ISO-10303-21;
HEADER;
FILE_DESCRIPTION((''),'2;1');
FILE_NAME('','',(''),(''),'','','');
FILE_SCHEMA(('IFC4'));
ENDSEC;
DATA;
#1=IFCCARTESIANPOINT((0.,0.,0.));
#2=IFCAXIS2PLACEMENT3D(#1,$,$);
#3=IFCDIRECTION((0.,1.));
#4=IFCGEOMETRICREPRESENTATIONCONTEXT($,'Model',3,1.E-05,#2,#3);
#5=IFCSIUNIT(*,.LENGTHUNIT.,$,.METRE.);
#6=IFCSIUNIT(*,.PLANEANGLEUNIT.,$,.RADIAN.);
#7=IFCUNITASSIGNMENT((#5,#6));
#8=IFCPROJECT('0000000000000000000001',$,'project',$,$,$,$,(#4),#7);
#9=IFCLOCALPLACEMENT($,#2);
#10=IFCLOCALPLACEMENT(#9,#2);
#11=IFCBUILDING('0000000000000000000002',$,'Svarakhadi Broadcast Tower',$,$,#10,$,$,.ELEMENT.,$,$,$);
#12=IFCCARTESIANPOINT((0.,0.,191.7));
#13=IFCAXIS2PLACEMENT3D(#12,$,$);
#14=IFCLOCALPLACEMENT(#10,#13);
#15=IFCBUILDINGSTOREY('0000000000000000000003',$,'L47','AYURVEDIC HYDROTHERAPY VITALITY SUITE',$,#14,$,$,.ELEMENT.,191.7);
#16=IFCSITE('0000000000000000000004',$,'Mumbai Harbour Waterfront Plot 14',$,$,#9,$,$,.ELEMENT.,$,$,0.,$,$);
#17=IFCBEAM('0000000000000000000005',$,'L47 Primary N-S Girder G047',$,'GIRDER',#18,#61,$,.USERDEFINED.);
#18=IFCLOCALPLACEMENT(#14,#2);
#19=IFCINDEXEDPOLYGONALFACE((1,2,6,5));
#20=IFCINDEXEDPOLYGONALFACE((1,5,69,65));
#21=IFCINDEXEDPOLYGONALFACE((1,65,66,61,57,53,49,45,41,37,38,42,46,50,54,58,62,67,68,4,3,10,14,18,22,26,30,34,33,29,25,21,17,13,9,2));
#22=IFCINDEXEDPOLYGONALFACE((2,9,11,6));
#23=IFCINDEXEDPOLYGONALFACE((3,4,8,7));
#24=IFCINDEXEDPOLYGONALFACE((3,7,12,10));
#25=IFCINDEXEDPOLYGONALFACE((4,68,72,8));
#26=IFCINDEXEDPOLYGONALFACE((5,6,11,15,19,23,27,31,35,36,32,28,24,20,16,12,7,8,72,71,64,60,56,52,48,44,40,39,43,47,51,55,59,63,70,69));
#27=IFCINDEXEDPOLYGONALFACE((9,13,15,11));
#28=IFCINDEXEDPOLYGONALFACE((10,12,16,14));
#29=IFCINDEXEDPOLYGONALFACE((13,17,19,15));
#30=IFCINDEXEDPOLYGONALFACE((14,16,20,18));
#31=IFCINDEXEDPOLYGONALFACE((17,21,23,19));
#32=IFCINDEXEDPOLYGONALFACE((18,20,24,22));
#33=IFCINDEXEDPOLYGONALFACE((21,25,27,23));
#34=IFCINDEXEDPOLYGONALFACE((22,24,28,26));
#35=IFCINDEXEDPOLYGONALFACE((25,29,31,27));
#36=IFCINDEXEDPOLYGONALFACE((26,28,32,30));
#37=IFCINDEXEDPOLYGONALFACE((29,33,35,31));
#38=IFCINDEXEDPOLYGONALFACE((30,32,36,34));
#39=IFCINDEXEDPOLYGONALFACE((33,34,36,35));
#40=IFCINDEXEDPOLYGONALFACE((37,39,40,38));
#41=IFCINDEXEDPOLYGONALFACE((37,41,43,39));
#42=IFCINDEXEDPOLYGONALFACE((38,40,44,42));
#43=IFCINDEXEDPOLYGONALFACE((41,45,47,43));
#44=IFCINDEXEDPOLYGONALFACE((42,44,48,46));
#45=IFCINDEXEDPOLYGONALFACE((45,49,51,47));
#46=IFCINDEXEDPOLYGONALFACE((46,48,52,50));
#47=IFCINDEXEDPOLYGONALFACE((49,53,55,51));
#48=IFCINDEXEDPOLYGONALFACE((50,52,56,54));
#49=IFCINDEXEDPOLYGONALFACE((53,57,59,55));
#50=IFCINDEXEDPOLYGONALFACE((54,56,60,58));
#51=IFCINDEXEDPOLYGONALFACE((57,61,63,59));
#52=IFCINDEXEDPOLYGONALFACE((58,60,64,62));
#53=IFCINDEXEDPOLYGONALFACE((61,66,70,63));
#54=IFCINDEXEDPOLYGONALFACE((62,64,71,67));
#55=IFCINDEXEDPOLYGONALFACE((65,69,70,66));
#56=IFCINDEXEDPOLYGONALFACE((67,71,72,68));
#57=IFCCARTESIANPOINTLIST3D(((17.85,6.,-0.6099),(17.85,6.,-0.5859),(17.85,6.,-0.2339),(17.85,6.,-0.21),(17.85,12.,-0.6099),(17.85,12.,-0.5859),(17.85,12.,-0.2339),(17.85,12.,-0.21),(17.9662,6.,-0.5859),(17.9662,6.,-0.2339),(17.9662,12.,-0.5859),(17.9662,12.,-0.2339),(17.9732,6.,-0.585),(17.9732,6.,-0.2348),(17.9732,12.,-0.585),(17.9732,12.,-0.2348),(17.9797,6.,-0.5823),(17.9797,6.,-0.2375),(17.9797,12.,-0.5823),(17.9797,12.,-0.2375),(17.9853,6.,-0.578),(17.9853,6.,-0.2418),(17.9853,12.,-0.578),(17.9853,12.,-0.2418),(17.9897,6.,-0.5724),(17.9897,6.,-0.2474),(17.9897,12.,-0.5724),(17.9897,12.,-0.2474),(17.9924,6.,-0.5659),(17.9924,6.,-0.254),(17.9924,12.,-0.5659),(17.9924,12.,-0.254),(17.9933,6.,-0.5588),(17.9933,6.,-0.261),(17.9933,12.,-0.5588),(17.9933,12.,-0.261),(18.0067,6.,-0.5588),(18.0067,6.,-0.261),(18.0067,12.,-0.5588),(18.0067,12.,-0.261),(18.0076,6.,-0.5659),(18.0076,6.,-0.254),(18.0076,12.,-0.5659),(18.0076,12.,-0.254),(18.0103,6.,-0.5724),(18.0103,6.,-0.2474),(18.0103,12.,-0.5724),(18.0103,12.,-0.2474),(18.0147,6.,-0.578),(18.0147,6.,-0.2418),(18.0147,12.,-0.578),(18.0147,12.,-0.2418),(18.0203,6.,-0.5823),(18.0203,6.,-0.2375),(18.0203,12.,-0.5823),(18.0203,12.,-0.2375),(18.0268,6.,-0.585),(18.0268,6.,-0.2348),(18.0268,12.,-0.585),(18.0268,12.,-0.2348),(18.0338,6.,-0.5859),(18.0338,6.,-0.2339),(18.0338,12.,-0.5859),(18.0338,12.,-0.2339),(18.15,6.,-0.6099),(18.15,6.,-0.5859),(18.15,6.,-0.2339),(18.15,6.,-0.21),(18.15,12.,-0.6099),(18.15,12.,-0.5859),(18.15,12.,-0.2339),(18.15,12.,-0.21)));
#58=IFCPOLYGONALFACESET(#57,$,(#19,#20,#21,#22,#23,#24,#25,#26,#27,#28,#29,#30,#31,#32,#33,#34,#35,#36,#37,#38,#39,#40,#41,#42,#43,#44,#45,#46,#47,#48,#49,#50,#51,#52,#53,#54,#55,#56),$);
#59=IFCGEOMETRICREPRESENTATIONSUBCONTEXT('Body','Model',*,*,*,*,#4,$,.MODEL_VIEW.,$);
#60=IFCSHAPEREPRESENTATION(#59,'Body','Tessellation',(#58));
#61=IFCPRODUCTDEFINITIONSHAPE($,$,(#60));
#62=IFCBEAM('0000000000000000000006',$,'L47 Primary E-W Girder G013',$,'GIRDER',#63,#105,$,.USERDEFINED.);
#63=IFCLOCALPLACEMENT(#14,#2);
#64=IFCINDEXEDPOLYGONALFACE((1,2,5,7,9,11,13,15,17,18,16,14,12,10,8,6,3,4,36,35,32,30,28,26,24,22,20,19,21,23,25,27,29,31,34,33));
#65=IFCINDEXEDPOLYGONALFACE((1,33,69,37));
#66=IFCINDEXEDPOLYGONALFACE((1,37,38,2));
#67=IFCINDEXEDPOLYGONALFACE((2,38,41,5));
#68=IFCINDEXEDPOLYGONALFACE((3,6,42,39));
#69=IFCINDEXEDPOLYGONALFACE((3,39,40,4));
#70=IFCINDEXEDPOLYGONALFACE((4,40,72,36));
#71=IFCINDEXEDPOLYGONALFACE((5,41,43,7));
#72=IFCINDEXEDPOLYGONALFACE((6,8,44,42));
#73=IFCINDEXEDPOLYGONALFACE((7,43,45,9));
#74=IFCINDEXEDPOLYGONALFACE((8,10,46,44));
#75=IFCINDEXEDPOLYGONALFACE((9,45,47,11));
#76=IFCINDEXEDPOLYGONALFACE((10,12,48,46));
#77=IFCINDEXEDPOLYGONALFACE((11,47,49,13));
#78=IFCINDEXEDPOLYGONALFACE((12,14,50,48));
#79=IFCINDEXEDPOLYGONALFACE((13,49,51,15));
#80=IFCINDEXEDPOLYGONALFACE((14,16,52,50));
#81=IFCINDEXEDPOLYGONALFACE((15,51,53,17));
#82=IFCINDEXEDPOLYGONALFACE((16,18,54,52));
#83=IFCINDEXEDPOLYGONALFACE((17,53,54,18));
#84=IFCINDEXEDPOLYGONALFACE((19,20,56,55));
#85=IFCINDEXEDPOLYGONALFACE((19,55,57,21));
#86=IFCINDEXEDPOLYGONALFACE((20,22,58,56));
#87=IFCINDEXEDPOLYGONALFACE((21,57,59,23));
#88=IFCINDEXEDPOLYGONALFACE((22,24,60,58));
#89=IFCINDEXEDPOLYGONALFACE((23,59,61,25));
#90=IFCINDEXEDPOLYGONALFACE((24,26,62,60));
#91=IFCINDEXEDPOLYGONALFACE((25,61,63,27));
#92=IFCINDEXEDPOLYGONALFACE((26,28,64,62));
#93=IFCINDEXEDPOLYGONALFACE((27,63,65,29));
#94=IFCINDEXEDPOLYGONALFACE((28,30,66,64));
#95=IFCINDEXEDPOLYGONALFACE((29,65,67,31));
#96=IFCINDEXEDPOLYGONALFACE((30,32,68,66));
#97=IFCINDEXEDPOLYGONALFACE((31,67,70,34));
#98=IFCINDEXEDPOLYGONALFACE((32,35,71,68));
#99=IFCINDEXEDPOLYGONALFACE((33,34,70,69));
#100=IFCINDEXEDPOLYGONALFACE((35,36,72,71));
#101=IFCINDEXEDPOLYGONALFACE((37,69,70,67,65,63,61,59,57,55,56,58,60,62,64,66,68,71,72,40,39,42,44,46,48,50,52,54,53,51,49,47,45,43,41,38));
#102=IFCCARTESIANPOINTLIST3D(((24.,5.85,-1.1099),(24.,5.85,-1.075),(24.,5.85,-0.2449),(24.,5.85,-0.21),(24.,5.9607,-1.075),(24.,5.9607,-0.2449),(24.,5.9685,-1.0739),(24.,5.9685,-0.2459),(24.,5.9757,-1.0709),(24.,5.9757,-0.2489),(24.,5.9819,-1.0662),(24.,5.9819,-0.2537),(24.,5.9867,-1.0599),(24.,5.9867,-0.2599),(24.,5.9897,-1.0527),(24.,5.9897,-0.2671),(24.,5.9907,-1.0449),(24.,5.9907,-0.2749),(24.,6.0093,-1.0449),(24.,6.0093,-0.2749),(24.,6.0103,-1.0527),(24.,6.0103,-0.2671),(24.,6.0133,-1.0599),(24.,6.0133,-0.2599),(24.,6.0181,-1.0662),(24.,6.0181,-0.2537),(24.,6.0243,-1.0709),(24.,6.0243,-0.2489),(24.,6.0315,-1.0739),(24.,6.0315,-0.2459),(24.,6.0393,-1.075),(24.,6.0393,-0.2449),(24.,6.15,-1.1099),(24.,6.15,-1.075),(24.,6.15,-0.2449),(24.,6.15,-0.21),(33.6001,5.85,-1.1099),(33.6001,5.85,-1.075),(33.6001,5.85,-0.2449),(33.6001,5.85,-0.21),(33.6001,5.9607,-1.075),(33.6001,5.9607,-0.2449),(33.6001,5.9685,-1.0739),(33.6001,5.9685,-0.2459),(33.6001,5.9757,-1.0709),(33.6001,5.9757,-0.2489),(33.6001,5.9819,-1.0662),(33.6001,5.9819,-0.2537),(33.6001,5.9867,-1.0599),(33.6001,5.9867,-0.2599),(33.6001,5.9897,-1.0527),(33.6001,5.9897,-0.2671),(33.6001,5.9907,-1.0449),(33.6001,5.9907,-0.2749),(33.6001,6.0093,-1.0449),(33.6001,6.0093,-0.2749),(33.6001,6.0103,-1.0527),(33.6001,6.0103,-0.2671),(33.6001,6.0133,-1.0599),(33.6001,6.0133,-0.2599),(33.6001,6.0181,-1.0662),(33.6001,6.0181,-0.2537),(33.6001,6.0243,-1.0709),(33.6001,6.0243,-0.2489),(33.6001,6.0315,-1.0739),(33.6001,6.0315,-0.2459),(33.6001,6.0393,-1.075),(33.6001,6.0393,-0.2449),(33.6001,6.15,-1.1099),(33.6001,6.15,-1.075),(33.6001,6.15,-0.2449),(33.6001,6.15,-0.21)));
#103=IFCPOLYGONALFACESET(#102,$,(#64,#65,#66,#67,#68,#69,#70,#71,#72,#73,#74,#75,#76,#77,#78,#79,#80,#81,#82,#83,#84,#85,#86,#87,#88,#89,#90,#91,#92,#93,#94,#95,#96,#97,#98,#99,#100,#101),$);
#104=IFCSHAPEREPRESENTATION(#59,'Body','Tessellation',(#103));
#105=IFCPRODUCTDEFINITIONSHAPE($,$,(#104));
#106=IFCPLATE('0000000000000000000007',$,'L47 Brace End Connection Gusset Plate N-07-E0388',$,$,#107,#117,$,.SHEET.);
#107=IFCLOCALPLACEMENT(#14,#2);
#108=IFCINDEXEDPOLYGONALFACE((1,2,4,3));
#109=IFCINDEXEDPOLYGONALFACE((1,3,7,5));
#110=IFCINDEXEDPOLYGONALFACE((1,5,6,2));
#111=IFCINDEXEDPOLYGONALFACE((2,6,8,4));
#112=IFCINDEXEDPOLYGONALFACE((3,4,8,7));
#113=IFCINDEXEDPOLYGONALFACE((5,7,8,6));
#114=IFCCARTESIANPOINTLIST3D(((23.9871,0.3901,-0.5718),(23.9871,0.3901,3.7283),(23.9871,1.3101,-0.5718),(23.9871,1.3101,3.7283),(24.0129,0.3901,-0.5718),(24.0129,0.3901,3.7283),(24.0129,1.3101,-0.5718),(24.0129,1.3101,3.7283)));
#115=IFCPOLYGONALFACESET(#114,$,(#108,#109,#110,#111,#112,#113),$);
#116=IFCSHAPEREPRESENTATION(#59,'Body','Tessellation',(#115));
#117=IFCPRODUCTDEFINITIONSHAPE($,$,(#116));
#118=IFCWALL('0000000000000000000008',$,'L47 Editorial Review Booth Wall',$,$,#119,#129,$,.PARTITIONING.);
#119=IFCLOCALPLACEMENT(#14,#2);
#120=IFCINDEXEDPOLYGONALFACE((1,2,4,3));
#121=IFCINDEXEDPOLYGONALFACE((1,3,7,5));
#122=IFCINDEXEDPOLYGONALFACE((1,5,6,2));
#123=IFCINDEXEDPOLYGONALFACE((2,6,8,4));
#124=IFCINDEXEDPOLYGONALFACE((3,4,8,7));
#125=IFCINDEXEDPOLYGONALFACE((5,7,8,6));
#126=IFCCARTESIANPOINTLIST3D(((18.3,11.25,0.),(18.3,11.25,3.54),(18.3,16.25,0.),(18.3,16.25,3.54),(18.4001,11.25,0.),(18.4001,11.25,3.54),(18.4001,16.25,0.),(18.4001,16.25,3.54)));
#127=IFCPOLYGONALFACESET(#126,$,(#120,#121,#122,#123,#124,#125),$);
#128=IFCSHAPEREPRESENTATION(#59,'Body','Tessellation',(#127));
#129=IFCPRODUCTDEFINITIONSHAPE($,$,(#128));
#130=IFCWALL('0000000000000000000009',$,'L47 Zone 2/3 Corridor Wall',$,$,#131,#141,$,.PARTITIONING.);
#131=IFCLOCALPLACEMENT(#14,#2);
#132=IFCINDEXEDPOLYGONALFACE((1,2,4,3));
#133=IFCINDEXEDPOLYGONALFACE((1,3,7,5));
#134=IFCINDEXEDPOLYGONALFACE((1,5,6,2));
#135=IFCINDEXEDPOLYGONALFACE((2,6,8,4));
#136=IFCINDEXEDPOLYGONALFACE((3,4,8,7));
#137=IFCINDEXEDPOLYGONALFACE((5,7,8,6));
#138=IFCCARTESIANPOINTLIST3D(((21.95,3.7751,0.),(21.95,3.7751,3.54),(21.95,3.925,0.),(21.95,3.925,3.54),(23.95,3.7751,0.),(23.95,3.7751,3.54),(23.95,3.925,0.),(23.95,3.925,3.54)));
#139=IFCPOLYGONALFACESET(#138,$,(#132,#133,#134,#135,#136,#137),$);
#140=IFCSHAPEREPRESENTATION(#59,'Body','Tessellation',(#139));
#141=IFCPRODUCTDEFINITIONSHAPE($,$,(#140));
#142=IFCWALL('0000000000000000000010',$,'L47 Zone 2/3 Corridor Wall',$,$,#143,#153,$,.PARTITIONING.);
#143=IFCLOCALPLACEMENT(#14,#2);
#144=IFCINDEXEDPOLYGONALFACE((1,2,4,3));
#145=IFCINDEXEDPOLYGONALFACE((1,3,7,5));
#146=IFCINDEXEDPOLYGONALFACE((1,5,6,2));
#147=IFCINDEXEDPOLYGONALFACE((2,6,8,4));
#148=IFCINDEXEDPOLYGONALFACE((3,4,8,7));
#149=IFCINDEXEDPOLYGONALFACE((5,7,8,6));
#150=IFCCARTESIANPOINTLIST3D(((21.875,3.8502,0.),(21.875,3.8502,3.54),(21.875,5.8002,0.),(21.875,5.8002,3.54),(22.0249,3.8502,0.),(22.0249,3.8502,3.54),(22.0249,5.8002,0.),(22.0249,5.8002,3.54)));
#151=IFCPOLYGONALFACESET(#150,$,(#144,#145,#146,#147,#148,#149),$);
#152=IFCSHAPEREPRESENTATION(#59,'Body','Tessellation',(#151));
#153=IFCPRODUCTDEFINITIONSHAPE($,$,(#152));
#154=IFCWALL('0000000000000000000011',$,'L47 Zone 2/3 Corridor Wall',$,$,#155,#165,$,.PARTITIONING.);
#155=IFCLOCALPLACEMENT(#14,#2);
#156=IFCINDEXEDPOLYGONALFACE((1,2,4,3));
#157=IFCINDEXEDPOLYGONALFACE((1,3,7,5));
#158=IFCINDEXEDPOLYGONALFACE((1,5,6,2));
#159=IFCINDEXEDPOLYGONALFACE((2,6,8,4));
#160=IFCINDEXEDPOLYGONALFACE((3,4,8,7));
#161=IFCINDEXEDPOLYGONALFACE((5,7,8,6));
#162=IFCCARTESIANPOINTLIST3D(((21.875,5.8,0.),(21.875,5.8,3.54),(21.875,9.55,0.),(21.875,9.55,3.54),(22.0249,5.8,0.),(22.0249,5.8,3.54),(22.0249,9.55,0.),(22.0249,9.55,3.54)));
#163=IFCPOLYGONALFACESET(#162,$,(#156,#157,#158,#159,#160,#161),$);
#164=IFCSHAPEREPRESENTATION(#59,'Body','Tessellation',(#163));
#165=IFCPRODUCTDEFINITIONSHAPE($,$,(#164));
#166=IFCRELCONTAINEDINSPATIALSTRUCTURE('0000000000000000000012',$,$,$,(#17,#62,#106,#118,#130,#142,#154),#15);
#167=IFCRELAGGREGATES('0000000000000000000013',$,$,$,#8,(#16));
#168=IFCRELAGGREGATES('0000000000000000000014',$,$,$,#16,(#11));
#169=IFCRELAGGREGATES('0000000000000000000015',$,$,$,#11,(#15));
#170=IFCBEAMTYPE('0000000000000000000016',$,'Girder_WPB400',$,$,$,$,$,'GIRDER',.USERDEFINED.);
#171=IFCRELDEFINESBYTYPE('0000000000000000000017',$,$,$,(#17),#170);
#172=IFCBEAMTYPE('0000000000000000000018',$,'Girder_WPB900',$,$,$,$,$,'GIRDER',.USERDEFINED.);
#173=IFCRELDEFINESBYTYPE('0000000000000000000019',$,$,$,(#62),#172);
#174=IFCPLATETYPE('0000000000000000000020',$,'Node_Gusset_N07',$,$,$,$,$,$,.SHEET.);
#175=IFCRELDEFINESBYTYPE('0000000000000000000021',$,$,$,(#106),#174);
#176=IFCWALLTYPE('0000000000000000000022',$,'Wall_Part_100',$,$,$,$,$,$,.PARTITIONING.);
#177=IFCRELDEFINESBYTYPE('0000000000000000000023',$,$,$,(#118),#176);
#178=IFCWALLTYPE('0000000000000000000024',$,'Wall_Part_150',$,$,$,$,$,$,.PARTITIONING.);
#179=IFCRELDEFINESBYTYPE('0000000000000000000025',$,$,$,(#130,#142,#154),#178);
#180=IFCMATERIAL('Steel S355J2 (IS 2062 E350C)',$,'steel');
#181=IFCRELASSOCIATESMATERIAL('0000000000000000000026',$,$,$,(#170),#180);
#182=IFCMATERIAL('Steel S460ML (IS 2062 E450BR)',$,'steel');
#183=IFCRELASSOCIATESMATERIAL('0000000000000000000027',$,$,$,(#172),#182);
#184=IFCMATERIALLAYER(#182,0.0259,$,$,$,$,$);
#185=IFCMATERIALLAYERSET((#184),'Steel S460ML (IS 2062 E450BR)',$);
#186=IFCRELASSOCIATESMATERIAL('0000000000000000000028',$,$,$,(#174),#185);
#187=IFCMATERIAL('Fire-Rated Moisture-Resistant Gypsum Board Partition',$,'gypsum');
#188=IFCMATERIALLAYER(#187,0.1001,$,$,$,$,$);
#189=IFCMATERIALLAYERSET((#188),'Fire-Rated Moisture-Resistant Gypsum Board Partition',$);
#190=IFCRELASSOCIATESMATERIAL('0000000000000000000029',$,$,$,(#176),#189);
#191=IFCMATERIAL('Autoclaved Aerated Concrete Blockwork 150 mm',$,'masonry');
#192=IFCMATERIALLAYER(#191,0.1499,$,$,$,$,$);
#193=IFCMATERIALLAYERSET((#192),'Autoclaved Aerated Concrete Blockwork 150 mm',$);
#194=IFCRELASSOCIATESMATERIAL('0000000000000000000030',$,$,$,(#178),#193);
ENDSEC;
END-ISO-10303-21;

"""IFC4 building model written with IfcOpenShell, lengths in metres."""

from ifc_helpers import new_model, si_unit, direction, frame, frame_2d, origin, origin_2d, place, context, subcontext, project, spatial, rectangle, i_section, extrude, material, layer, layer_set, material_profile, profile_set, type_object, element, save


model = new_model("IFC4")

# Units and contexts
model_context = context("Model", 3, precision=1e-05, world=origin(), true_north=direction((0.0, 1.0)))
body_context = subcontext(model_context, "Body", "Model", "MODEL_VIEW")
ifc_project = project(units=[si_unit("LENGTHUNIT", "METRE"), si_unit("PLANEANGLEUNIT", "RADIAN")], contexts=[model_context])

# Site, building, storey
site_placement = place(None, origin())
site = spatial("IfcSite", under=ifc_project, at=site_placement, Name="Mumbai Harbour Waterfront Plot 14", CompositionType="ELEMENT", RefElevation=0.0)
building_placement = place(site_placement, origin())
building = spatial("IfcBuilding", under=site, at=building_placement, Name="Svarakhadi Broadcast Tower", CompositionType="ELEMENT")
storey_placement = place(building_placement, frame((0.0, 0.0, 191.7)))
storey = spatial("IfcBuildingStorey", under=building, at=storey_placement, Name="L47", Description="AYURVEDIC HYDROTHERAPY VITALITY SUITE", CompositionType="ELEMENT", Elevation=191.7)

# Beams
ifc_material_1 = material(Name="Steel S355J2 (IS 2062 E350C)", Category="steel")
ifc_material_profile_1 = material_profile(ifc_material_1, i_section(OverallWidth=0.3, OverallDepth=0.3999, WebThickness=0.0134, FlangeThickness=0.0239, FilletRadius=0.0271, at=origin_2d()), Name="WPB 400x300x155")
ifc_profile_set_1 = profile_set([ifc_material_profile_1], Name="Steel S355J2 (IS 2062 E350C)")
beam_type_1 = type_object("IfcBeamType", Name="Girder_WPB400", ElementType="GIRDER", PredefinedType="USERDEFINED", material=ifc_profile_set_1)
for number, where, z_axis, x_axis, name in (
    (1, (18.0, 6.0, -0.4099), (0.0, 1.0, 0.0), (-1.0, 0.0, 0.0), "L47 Primary N-S Girder G047"),
):
    element("IfcBeam", number, at=place(storey_placement, frame(where, z_axis=z_axis, x_axis=x_axis)), inside=storey, type_object=beam_type_1, Name=name, ObjectType="GIRDER", PredefinedType="USERDEFINED", context=body_context, shape_type="SweptSolid", body=[
        extrude(i_section(OverallWidth=0.3, OverallDepth=0.3999, WebThickness=0.0134, FlangeThickness=0.0239, FilletRadius=0.0271, at=origin_2d()), origin(), (0.0, 0.0, 1.0), 6.0),
    ])
ifc_material_2 = material(Name="Steel S460ML (IS 2062 E450BR)", Category="steel")
ifc_material_profile_2 = material_profile(ifc_material_2, i_section(OverallWidth=0.3, OverallDepth=0.8999, WebThickness=0.0186, FlangeThickness=0.0349, FilletRadius=0.03, at=origin_2d()), Name="WPB 900x300x291")
ifc_profile_set_2 = profile_set([ifc_material_profile_2], Name="Steel S460ML (IS 2062 E450BR)")
beam_type_2 = type_object("IfcBeamType", Name="Girder_WPB900", ElementType="GIRDER", PredefinedType="USERDEFINED", material=ifc_profile_set_2)
beam_placement = place(storey_placement, frame((24.0, 6.0, -0.6599), z_axis=(1.0, 0.0, 0.0), x_axis=(0.0, 1.0, 0.0)))
element("IfcBeam", 2, at=beam_placement, inside=storey, type_object=beam_type_2, Name="L47 Primary E-W Girder G013", ObjectType="GIRDER", PredefinedType="USERDEFINED", context=body_context, shape_type="SweptSolid", body=[
    extrude(i_section(OverallWidth=0.3, OverallDepth=0.8999, WebThickness=0.0186, FlangeThickness=0.0349, FilletRadius=0.03, at=origin_2d()), origin(), (0.0, 0.0, 1.0), 9.6001),
])

# Plate
ifc_layer_1 = layer(ifc_material_2, 0.0259)
ifc_layer_set_1 = layer_set([ifc_layer_1], Name="Steel S460ML (IS 2062 E450BR)")
plate_type = type_object("IfcPlateType", Name="Node_Gusset_N07", PredefinedType="SHEET", material=ifc_layer_set_1)
plate_placement = place(storey_placement, frame((24.0, 0.8501, -0.5718), z_axis=(0.0, 0.0, 1.0), x_axis=(0.0, 1.0, 0.0)))
element("IfcPlate", 3, at=plate_placement, inside=storey, type_object=plate_type, Name="L47 Brace End Connection Gusset Plate N-07-E0388", PredefinedType="SHEET", context=body_context, shape_type="SweptSolid", body=[
    extrude(rectangle(XDim=0.9199, YDim=0.0259, at=origin_2d()), origin(), (0.0, 0.0, 1.0), 4.3),
])

# Walls
ifc_material_3 = material(Name="Fire-Rated Moisture-Resistant Gypsum Board Partition", Category="gypsum")
ifc_layer_2 = layer(ifc_material_3, 0.1001)
ifc_layer_set_2 = layer_set([ifc_layer_2], Name="Fire-Rated Moisture-Resistant Gypsum Board Partition")
wall_type_1 = type_object("IfcWallType", Name="Wall_Part_100", PredefinedType="PARTITIONING", material=ifc_layer_set_2)
wall_1_placement = place(storey_placement, frame((18.3501, 11.25, 0.0), z_axis=(0.0, 0.0, 1.0), x_axis=(0.0, 1.0, 0.0)))
element("IfcWall", 4, at=wall_1_placement, inside=storey, type_object=wall_type_1, Name="L47 Editorial Review Booth Wall", PredefinedType="PARTITIONING", context=body_context, shape_type="SweptSolid", body=[
    extrude(rectangle(XDim=5.0, YDim=0.1001, at=frame_2d((2.5, 0.0))), origin(), (0.0, 0.0, 1.0), 3.54),
])
ifc_material_4 = material(Name="Autoclaved Aerated Concrete Blockwork 150 mm", Category="masonry")
ifc_layer_3 = layer(ifc_material_4, 0.1499)
ifc_layer_set_3 = layer_set([ifc_layer_3], Name="Autoclaved Aerated Concrete Blockwork 150 mm")
wall_type_2 = type_object("IfcWallType", Name="Wall_Part_150", PredefinedType="PARTITIONING", material=ifc_layer_set_3)
wall_2_placement = place(storey_placement, frame((23.95, 3.8501, 0.0), z_axis=(0.0, 0.0, 1.0), x_axis=(-1.0, 0.0, 0.0)))
element("IfcWall", 5, at=wall_2_placement, inside=storey, type_object=wall_type_2, Name="L47 Zone 2/3 Corridor Wall", PredefinedType="PARTITIONING", context=body_context, shape_type="SweptSolid", body=[
    extrude(rectangle(XDim=2.0, YDim=0.1499, at=frame_2d((1.0, 0.0))), origin(), (0.0, 0.0, 1.0), 3.54),
])
wall_3_placement = place(storey_placement, frame((21.95, 3.8501, 0.0), z_axis=(0.0, 0.0, 1.0), x_axis=(0.0, 1.0, 0.0)))
element("IfcWall", 6, at=wall_3_placement, inside=storey, type_object=wall_type_2, Name="L47 Zone 2/3 Corridor Wall", PredefinedType="PARTITIONING", context=body_context, shape_type="SweptSolid", body=[
    extrude(rectangle(XDim=1.95, YDim=0.1499, at=frame_2d((0.9751, 0.0))), origin(), (0.0, 0.0, 1.0), 3.54),
])
wall_4_placement = place(storey_placement, frame((21.95, 5.8, 0.0), z_axis=(0.0, 0.0, 1.0), x_axis=(0.0, 1.0, 0.0)))
element("IfcWall", 7, at=wall_4_placement, inside=storey, type_object=wall_type_2, Name="L47 Zone 2/3 Corridor Wall", PredefinedType="PARTITIONING", context=body_context, shape_type="SweptSolid", body=[
    extrude(rectangle(XDim=3.75, YDim=0.1499, at=frame_2d((1.875, 0.0))), origin(), (0.0, 0.0, 1.0), 3.54),
])

save(model, "model.ifc")
